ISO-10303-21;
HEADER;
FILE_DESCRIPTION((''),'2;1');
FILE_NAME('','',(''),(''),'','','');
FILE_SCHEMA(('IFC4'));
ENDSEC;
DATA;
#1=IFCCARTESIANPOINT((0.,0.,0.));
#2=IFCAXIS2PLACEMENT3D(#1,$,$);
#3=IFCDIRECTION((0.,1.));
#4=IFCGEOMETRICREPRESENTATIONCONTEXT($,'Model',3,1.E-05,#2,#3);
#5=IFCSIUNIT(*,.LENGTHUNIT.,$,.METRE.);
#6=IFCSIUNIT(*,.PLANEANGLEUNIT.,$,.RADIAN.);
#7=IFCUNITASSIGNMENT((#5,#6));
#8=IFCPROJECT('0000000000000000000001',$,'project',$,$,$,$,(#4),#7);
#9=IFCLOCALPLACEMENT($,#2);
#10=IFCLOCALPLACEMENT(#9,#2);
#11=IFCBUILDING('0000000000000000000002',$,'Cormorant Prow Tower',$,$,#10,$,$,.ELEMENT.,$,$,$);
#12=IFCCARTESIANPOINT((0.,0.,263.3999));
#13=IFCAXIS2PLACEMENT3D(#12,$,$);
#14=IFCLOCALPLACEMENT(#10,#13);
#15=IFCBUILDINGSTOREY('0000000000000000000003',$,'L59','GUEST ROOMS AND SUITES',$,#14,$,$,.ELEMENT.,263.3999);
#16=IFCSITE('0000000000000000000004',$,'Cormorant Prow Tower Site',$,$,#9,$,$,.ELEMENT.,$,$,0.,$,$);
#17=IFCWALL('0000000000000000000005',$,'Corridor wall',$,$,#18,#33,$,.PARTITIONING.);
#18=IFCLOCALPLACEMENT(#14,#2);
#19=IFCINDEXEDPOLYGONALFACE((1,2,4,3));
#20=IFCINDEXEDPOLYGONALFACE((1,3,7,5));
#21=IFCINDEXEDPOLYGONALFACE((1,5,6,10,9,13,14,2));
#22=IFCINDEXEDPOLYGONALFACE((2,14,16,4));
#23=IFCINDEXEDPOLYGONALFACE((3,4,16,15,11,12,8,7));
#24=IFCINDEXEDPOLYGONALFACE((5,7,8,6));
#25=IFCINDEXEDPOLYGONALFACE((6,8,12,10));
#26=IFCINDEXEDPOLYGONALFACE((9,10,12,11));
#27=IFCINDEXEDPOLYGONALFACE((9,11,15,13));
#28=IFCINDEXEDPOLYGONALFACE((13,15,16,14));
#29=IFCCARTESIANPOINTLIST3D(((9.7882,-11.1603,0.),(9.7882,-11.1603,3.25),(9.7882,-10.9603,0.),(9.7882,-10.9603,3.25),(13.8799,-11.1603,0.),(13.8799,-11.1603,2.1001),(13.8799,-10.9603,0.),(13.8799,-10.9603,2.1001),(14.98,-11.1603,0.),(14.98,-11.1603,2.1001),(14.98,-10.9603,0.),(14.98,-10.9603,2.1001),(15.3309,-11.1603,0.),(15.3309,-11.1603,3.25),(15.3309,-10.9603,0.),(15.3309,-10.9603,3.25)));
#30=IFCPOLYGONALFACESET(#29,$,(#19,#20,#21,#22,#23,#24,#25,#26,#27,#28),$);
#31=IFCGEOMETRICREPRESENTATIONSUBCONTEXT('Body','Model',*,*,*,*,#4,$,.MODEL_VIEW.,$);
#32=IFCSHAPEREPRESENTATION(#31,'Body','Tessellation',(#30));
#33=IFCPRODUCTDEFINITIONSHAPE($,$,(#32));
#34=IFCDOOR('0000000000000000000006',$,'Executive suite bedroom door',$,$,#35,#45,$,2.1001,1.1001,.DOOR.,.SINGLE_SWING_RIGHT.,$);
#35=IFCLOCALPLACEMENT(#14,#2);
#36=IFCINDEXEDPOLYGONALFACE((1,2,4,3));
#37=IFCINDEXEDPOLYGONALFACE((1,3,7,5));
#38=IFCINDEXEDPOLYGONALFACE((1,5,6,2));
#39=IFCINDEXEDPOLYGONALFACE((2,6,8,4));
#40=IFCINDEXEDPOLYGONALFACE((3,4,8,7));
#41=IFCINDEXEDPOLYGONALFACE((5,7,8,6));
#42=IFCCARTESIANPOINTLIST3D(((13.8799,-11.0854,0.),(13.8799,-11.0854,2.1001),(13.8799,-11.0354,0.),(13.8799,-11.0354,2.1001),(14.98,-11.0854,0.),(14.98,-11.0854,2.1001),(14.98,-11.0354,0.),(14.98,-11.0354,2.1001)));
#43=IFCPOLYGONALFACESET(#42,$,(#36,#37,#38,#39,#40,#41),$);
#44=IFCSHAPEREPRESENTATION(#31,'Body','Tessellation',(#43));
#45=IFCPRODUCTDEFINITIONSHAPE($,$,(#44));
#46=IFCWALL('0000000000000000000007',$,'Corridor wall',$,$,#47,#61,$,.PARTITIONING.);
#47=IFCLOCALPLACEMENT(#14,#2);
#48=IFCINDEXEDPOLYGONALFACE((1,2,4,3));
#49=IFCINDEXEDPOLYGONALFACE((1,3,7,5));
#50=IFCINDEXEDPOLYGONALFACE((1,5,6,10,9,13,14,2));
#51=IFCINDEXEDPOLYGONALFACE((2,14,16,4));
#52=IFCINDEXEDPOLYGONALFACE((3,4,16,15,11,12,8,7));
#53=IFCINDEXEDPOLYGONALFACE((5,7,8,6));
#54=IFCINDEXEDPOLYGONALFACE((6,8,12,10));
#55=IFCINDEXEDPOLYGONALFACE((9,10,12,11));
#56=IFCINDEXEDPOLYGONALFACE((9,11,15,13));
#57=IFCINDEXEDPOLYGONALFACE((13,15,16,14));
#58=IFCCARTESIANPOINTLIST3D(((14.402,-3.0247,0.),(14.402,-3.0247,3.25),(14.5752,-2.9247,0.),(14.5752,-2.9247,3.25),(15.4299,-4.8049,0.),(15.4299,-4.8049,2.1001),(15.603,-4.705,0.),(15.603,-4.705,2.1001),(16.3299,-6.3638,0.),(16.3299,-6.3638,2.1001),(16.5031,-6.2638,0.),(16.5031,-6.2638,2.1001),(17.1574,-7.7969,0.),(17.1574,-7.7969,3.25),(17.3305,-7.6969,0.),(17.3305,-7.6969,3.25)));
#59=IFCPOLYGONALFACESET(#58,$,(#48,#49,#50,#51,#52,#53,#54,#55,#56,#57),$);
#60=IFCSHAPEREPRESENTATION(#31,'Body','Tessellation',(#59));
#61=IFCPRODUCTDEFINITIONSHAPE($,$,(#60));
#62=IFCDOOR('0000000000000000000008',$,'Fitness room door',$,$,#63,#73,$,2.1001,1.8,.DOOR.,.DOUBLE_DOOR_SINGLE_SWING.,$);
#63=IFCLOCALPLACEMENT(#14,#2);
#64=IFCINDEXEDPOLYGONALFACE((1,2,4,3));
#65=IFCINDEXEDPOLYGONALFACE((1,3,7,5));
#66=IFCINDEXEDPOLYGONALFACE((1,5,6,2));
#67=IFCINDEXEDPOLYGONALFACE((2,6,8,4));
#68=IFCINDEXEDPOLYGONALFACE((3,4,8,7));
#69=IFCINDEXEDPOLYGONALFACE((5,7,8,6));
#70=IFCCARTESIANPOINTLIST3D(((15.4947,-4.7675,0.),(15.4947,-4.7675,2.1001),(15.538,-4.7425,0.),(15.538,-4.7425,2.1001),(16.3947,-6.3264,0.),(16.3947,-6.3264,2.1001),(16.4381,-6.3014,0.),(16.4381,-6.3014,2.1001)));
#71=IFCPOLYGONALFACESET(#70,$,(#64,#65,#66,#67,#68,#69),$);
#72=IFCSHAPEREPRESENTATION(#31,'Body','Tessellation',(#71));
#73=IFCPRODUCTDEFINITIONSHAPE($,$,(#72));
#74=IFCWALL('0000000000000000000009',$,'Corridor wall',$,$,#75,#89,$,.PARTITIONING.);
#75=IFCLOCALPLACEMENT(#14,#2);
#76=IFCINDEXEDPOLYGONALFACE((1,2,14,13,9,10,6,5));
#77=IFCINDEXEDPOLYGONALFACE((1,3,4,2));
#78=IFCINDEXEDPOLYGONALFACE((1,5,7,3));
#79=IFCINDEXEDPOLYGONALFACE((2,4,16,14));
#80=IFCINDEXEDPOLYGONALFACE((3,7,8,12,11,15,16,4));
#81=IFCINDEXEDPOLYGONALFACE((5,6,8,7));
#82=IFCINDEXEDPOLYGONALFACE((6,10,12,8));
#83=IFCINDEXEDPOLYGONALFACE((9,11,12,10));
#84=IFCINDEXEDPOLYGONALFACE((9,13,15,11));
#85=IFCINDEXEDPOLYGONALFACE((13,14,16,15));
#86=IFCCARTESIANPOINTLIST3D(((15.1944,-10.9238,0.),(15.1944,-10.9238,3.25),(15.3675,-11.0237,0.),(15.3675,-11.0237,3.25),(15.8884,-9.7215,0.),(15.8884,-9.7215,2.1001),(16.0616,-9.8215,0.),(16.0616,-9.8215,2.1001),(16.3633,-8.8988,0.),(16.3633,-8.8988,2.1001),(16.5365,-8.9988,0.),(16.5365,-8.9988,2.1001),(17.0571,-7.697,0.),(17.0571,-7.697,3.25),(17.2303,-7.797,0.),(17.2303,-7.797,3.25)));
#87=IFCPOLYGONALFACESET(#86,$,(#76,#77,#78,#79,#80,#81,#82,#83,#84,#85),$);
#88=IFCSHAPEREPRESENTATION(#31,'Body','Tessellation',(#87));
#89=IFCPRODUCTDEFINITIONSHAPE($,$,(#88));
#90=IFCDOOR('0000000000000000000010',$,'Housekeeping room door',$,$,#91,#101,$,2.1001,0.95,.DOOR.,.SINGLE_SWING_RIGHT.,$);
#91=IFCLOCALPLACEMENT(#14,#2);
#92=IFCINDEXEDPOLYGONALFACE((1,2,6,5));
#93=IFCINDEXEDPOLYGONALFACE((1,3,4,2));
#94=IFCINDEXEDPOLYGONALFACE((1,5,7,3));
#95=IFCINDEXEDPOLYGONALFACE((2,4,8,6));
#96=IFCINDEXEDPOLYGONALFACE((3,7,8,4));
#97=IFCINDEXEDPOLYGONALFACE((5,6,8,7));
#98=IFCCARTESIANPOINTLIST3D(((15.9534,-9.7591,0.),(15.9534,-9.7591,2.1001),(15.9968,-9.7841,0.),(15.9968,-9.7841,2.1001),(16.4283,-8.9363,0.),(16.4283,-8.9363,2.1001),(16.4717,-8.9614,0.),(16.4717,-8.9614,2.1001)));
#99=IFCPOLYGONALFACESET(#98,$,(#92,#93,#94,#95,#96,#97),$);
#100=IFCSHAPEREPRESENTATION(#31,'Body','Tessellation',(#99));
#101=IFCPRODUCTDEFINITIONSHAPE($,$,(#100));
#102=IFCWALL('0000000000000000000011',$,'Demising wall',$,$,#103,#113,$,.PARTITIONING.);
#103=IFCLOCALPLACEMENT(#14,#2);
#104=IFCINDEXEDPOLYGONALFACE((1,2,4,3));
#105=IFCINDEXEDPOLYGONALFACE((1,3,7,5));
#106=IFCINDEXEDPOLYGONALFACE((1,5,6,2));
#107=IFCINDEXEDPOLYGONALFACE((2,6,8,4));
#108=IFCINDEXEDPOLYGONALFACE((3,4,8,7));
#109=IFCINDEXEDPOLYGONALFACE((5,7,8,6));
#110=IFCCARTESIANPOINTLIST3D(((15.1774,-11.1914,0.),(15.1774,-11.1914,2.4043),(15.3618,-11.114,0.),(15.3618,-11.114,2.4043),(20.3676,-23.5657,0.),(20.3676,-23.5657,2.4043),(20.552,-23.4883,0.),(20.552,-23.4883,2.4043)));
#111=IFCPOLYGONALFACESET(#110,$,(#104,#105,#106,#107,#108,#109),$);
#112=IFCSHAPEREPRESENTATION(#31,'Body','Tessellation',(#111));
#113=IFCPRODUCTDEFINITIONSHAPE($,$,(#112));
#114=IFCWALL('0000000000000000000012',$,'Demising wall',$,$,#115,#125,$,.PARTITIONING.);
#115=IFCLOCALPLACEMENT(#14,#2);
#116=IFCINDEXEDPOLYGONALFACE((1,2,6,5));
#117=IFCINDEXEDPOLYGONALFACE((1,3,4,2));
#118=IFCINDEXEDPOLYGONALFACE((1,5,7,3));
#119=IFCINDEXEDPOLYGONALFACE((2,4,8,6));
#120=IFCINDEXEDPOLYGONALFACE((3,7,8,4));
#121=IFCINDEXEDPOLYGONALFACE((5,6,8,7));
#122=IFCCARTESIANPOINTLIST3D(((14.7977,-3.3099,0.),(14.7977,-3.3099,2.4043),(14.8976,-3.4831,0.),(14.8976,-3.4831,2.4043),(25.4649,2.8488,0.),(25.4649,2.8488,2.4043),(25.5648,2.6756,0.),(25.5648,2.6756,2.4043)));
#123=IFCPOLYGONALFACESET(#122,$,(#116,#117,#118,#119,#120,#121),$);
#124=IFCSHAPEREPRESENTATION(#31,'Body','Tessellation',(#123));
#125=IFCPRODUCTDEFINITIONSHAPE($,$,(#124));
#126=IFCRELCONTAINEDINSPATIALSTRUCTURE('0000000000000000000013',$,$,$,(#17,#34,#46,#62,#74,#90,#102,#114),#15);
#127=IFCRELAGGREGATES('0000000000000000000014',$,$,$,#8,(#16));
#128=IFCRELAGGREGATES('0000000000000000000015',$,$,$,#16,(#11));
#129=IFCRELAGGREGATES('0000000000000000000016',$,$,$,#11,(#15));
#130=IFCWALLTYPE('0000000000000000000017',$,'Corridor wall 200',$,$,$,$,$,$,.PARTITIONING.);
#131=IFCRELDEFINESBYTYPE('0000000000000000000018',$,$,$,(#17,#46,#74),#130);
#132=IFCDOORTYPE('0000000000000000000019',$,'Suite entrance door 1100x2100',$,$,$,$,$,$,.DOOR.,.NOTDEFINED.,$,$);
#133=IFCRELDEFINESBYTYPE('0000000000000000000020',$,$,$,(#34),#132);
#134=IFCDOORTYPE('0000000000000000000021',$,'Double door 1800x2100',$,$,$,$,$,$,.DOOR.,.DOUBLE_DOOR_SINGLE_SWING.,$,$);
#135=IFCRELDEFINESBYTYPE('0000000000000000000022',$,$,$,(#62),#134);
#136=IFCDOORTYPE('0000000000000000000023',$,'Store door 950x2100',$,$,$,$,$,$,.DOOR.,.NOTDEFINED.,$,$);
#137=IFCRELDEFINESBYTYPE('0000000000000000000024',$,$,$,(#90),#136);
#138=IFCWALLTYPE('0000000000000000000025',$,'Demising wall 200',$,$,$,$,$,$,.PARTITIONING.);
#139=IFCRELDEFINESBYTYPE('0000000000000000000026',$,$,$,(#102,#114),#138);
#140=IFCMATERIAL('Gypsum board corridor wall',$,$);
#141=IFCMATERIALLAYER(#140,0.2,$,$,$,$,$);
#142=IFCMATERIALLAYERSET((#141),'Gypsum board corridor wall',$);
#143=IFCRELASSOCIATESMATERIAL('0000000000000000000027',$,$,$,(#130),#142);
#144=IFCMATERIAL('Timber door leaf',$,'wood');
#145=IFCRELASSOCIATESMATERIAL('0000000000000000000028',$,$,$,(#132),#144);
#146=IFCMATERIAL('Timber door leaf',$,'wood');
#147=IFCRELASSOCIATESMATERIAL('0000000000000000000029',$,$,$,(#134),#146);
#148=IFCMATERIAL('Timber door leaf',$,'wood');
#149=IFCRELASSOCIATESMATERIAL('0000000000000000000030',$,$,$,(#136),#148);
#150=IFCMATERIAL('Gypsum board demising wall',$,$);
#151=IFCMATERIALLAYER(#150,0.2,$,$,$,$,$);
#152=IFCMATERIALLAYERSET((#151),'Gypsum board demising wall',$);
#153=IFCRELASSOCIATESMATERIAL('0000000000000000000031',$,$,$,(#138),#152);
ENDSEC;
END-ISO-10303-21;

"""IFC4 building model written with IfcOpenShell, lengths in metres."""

from ifc_helpers import new_model, si_unit, direction, frame, frame_2d, origin, place, context, subcontext, project, spatial, rectangle, extrude, material, layer, layer_set, type_object, element, fill, save


model = new_model("IFC4")

# Units and contexts
model_context = context("Model", 3, precision=1e-05, world=origin(), true_north=direction((0.0, 1.0)))
body_context = subcontext(model_context, "Body", "Model", "MODEL_VIEW")
ifc_project = project(units=[si_unit("LENGTHUNIT", "METRE"), si_unit("PLANEANGLEUNIT", "RADIAN")], contexts=[model_context])

# Site, building, storey
site_placement = place(None, origin())
site = spatial("IfcSite", under=ifc_project, at=site_placement, Name="Cormorant Prow Tower Site", CompositionType="ELEMENT", RefElevation=0.0)
building_placement = place(site_placement, origin())
building = spatial("IfcBuilding", under=site, at=building_placement, Name="Cormorant Prow Tower", CompositionType="ELEMENT")
storey_placement = place(building_placement, frame((0.0, 0.0, 263.3999)))
storey = spatial("IfcBuildingStorey", under=building, at=storey_placement, Name="L59", Description="GUEST ROOMS AND SUITES", CompositionType="ELEMENT", Elevation=263.3999)

# Walls, openings, doors
ifc_material_1 = material(Name="Gypsum board corridor wall")
ifc_layer_1 = layer(ifc_material_1, 0.2)
ifc_layer_set_1 = layer_set([ifc_layer_1], Name="Gypsum board corridor wall")
wall_type_1 = type_object("IfcWallType", Name="Corridor wall 200", PredefinedType="PARTITIONING", material=ifc_layer_set_1)
ifc_material_2 = material(Name="Timber door leaf", Category="wood")
door_type_1 = type_object("IfcDoorType", Name="Suite entrance door 1100x2100", OperationType="NOTDEFINED", PredefinedType="DOOR", material=ifc_material_2)
wall_1_placement = place(storey_placement, frame((9.7881, -11.0603, 0.0), z_axis=(0.0, 0.0, 1.0), x_axis=(1.0, 0.0, 0.0)))
wall_1 = element("IfcWall", 1, at=wall_1_placement, inside=storey, type_object=wall_type_1, Name="Corridor wall", PredefinedType="PARTITIONING", context=body_context, shape_type="SweptSolid", body=[
    extrude(rectangle(XDim=5.5427, YDim=0.2, at=frame_2d((2.7715, 0.0))), origin(), (0.0, 0.0, 1.0), 3.25),
])
opening_1_placement = place(wall_1_placement, frame((4.0918, 0.0, 0.0)))
opening_1 = element("IfcOpeningElement", 2, at=opening_1_placement, cuts=wall_1, PredefinedType="OPENING", context=body_context, shape_type="SweptSolid", body=[
    extrude(rectangle(XDim=1.1001, YDim=2.1001, at=frame_2d((0.55, 1.05))), frame((0.0, 0.1099, 0.0), z_axis=(0.0, -1.0, 0.0), x_axis=(1.0, 0.0, 0.0)), (0.0, 0.0, 1.0), 0.22),
])
door_1_placement = place(opening_1_placement, origin())
door_1 = element("IfcDoor", 3, at=door_1_placement, inside=storey, type_object=door_type_1, Name="Executive suite bedroom door", OperationType="SINGLE_SWING_RIGHT", OverallHeight=2.1001, OverallWidth=1.1001, PredefinedType="DOOR", context=body_context, shape_type="SweptSolid", body=[
    extrude(rectangle(XDim=1.1001, YDim=2.1001, at=frame_2d((0.55, 1.05))), frame((0.0, 0.0249, 0.0), z_axis=(0.0, -1.0, 0.0), x_axis=(1.0, 0.0, 0.0)), (0.0, 0.0, 1.0), 0.05),
])
fill(opening_1, door_1)
wall_2_placement = place(storey_placement, frame((14.4885, -2.9746, 0.0), z_axis=(0.0, 0.0, 1.0), x_axis=(0.500018, -0.866015, 0.0)))
wall_2 = element("IfcWall", 4, at=wall_2_placement, inside=storey, type_object=wall_type_1, Name="Corridor wall", PredefinedType="PARTITIONING", context=body_context, shape_type="SweptSolid", body=[
    extrude(rectangle(XDim=5.5105, YDim=0.2, at=frame_2d((2.7554, 0.0))), origin(), (0.0, 0.0, 1.0), 3.25),
])
opening_2_placement = place(wall_2_placement, frame((2.0559, 0.0, 0.0)))
opening_2 = element("IfcOpeningElement", 5, at=opening_2_placement, cuts=wall_2, PredefinedType="OPENING", context=body_context, shape_type="SweptSolid", body=[
    extrude(rectangle(XDim=1.8, YDim=2.1001, at=frame_2d((0.8999, 1.05))), frame((0.0, 0.1099, 0.0), z_axis=(0.0, -1.0, 0.0), x_axis=(1.0, 0.0, 0.0)), (0.0, 0.0, 1.0), 0.22),
])
ifc_material_3 = material(Name="Timber door leaf", Category="wood")
door_type_2 = type_object("IfcDoorType", Name="Double door 1800x2100", OperationType="DOUBLE_DOOR_SINGLE_SWING", PredefinedType="DOOR", material=ifc_material_3)
door_2_placement = place(opening_2_placement, origin())
door_2 = element("IfcDoor", 6, at=door_2_placement, inside=storey, type_object=door_type_2, Name="Fitness room door", OperationType="DOUBLE_DOOR_SINGLE_SWING", OverallHeight=2.1001, OverallWidth=1.8, PredefinedType="DOOR", context=body_context, shape_type="SweptSolid", body=[
    extrude(rectangle(XDim=1.8, YDim=2.1001, at=frame_2d((0.8999, 1.05))), frame((0.0, 0.0249, 0.0), z_axis=(0.0, -1.0, 0.0), x_axis=(1.0, 0.0, 0.0)), (0.0, 0.0, 1.0), 0.05),
])
fill(opening_2, door_2)
wall_3_placement = place(storey_placement, frame((15.281, -10.9736, 0.0), z_axis=(0.0, 0.0, 1.0), x_axis=(0.499959, 0.866049, 0.0)))
wall_3 = element("IfcWall", 7, at=wall_3_placement, inside=storey, type_object=wall_type_1, Name="Corridor wall", PredefinedType="PARTITIONING", context=body_context, shape_type="SweptSolid", body=[
    extrude(rectangle(XDim=3.7258, YDim=0.2, at=frame_2d((1.8628, 0.0))), origin(), (0.0, 0.0, 1.0), 3.25),
])
opening_3_placement = place(wall_3_placement, frame((1.3879, 0.0, 0.0)))
opening_3 = element("IfcOpeningElement", 8, at=opening_3_placement, cuts=wall_3, PredefinedType="OPENING", context=body_context, shape_type="SweptSolid", body=[
    extrude(rectangle(XDim=0.95, YDim=2.1001, at=frame_2d((0.4751, 1.05))), frame((0.0, 0.1099, 0.0), z_axis=(0.0, -1.0, 0.0), x_axis=(1.0, 0.0, 0.0)), (0.0, 0.0, 1.0), 0.22),
])
ifc_material_4 = material(Name="Timber door leaf", Category="wood")
door_type_3 = type_object("IfcDoorType", Name="Store door 950x2100", OperationType="NOTDEFINED", PredefinedType="DOOR", material=ifc_material_4)
door_3_placement = place(opening_3_placement, origin())
door_3 = element("IfcDoor", 9, at=door_3_placement, inside=storey, type_object=door_type_3, Name="Housekeeping room door", OperationType="SINGLE_SWING_RIGHT", OverallHeight=2.1001, OverallWidth=0.95, PredefinedType="DOOR", context=body_context, shape_type="SweptSolid", body=[
    extrude(rectangle(XDim=0.95, YDim=2.1001, at=frame_2d((0.4751, 1.05))), frame((0.0, 0.0249, 0.0), z_axis=(0.0, -1.0, 0.0), x_axis=(1.0, 0.0, 0.0)), (0.0, 0.0, 1.0), 0.05),
])
fill(opening_3, door_3)

# Walls
ifc_material_5 = material(Name="Gypsum board demising wall")
ifc_layer_2 = layer(ifc_material_5, 0.2)
ifc_layer_set_2 = layer_set([ifc_layer_2], Name="Gypsum board demising wall")
wall_type_2 = type_object("IfcWallType", Name="Demising wall 200", PredefinedType="PARTITIONING", material=ifc_layer_set_2)
wall_4_placement = place(storey_placement, frame((15.2695, -11.1526, 0.0), z_axis=(0.0, 0.0, 1.0), x_axis=(0.386789, -0.922168, 0.0)))
element("IfcWall", 10, at=wall_4_placement, inside=storey, type_object=wall_type_2, Name="Demising wall", PredefinedType="PARTITIONING", context=body_context, shape_type="SweptSolid", body=[
    extrude(rectangle(XDim=13.4187, YDim=0.2, at=frame_2d((6.7095, 0.0))), origin(), (0.0, 0.0, 1.0), 2.4043),
])
wall_5_placement = place(storey_placement, frame((14.8477, -3.3965, 0.0), z_axis=(0.0, 0.0, 1.0), x_axis=(0.866027, 0.499998, 0.0)))
element("IfcWall", 11, at=wall_5_placement, inside=storey, type_object=wall_type_2, Name="Demising wall", PredefinedType="PARTITIONING", context=body_context, shape_type="SweptSolid", body=[
    extrude(rectangle(XDim=12.3174, YDim=0.2, at=frame_2d((6.1587, 0.0))), origin(), (0.0, 0.0, 1.0), 2.4043),
])

save(model, "model.ifc")
